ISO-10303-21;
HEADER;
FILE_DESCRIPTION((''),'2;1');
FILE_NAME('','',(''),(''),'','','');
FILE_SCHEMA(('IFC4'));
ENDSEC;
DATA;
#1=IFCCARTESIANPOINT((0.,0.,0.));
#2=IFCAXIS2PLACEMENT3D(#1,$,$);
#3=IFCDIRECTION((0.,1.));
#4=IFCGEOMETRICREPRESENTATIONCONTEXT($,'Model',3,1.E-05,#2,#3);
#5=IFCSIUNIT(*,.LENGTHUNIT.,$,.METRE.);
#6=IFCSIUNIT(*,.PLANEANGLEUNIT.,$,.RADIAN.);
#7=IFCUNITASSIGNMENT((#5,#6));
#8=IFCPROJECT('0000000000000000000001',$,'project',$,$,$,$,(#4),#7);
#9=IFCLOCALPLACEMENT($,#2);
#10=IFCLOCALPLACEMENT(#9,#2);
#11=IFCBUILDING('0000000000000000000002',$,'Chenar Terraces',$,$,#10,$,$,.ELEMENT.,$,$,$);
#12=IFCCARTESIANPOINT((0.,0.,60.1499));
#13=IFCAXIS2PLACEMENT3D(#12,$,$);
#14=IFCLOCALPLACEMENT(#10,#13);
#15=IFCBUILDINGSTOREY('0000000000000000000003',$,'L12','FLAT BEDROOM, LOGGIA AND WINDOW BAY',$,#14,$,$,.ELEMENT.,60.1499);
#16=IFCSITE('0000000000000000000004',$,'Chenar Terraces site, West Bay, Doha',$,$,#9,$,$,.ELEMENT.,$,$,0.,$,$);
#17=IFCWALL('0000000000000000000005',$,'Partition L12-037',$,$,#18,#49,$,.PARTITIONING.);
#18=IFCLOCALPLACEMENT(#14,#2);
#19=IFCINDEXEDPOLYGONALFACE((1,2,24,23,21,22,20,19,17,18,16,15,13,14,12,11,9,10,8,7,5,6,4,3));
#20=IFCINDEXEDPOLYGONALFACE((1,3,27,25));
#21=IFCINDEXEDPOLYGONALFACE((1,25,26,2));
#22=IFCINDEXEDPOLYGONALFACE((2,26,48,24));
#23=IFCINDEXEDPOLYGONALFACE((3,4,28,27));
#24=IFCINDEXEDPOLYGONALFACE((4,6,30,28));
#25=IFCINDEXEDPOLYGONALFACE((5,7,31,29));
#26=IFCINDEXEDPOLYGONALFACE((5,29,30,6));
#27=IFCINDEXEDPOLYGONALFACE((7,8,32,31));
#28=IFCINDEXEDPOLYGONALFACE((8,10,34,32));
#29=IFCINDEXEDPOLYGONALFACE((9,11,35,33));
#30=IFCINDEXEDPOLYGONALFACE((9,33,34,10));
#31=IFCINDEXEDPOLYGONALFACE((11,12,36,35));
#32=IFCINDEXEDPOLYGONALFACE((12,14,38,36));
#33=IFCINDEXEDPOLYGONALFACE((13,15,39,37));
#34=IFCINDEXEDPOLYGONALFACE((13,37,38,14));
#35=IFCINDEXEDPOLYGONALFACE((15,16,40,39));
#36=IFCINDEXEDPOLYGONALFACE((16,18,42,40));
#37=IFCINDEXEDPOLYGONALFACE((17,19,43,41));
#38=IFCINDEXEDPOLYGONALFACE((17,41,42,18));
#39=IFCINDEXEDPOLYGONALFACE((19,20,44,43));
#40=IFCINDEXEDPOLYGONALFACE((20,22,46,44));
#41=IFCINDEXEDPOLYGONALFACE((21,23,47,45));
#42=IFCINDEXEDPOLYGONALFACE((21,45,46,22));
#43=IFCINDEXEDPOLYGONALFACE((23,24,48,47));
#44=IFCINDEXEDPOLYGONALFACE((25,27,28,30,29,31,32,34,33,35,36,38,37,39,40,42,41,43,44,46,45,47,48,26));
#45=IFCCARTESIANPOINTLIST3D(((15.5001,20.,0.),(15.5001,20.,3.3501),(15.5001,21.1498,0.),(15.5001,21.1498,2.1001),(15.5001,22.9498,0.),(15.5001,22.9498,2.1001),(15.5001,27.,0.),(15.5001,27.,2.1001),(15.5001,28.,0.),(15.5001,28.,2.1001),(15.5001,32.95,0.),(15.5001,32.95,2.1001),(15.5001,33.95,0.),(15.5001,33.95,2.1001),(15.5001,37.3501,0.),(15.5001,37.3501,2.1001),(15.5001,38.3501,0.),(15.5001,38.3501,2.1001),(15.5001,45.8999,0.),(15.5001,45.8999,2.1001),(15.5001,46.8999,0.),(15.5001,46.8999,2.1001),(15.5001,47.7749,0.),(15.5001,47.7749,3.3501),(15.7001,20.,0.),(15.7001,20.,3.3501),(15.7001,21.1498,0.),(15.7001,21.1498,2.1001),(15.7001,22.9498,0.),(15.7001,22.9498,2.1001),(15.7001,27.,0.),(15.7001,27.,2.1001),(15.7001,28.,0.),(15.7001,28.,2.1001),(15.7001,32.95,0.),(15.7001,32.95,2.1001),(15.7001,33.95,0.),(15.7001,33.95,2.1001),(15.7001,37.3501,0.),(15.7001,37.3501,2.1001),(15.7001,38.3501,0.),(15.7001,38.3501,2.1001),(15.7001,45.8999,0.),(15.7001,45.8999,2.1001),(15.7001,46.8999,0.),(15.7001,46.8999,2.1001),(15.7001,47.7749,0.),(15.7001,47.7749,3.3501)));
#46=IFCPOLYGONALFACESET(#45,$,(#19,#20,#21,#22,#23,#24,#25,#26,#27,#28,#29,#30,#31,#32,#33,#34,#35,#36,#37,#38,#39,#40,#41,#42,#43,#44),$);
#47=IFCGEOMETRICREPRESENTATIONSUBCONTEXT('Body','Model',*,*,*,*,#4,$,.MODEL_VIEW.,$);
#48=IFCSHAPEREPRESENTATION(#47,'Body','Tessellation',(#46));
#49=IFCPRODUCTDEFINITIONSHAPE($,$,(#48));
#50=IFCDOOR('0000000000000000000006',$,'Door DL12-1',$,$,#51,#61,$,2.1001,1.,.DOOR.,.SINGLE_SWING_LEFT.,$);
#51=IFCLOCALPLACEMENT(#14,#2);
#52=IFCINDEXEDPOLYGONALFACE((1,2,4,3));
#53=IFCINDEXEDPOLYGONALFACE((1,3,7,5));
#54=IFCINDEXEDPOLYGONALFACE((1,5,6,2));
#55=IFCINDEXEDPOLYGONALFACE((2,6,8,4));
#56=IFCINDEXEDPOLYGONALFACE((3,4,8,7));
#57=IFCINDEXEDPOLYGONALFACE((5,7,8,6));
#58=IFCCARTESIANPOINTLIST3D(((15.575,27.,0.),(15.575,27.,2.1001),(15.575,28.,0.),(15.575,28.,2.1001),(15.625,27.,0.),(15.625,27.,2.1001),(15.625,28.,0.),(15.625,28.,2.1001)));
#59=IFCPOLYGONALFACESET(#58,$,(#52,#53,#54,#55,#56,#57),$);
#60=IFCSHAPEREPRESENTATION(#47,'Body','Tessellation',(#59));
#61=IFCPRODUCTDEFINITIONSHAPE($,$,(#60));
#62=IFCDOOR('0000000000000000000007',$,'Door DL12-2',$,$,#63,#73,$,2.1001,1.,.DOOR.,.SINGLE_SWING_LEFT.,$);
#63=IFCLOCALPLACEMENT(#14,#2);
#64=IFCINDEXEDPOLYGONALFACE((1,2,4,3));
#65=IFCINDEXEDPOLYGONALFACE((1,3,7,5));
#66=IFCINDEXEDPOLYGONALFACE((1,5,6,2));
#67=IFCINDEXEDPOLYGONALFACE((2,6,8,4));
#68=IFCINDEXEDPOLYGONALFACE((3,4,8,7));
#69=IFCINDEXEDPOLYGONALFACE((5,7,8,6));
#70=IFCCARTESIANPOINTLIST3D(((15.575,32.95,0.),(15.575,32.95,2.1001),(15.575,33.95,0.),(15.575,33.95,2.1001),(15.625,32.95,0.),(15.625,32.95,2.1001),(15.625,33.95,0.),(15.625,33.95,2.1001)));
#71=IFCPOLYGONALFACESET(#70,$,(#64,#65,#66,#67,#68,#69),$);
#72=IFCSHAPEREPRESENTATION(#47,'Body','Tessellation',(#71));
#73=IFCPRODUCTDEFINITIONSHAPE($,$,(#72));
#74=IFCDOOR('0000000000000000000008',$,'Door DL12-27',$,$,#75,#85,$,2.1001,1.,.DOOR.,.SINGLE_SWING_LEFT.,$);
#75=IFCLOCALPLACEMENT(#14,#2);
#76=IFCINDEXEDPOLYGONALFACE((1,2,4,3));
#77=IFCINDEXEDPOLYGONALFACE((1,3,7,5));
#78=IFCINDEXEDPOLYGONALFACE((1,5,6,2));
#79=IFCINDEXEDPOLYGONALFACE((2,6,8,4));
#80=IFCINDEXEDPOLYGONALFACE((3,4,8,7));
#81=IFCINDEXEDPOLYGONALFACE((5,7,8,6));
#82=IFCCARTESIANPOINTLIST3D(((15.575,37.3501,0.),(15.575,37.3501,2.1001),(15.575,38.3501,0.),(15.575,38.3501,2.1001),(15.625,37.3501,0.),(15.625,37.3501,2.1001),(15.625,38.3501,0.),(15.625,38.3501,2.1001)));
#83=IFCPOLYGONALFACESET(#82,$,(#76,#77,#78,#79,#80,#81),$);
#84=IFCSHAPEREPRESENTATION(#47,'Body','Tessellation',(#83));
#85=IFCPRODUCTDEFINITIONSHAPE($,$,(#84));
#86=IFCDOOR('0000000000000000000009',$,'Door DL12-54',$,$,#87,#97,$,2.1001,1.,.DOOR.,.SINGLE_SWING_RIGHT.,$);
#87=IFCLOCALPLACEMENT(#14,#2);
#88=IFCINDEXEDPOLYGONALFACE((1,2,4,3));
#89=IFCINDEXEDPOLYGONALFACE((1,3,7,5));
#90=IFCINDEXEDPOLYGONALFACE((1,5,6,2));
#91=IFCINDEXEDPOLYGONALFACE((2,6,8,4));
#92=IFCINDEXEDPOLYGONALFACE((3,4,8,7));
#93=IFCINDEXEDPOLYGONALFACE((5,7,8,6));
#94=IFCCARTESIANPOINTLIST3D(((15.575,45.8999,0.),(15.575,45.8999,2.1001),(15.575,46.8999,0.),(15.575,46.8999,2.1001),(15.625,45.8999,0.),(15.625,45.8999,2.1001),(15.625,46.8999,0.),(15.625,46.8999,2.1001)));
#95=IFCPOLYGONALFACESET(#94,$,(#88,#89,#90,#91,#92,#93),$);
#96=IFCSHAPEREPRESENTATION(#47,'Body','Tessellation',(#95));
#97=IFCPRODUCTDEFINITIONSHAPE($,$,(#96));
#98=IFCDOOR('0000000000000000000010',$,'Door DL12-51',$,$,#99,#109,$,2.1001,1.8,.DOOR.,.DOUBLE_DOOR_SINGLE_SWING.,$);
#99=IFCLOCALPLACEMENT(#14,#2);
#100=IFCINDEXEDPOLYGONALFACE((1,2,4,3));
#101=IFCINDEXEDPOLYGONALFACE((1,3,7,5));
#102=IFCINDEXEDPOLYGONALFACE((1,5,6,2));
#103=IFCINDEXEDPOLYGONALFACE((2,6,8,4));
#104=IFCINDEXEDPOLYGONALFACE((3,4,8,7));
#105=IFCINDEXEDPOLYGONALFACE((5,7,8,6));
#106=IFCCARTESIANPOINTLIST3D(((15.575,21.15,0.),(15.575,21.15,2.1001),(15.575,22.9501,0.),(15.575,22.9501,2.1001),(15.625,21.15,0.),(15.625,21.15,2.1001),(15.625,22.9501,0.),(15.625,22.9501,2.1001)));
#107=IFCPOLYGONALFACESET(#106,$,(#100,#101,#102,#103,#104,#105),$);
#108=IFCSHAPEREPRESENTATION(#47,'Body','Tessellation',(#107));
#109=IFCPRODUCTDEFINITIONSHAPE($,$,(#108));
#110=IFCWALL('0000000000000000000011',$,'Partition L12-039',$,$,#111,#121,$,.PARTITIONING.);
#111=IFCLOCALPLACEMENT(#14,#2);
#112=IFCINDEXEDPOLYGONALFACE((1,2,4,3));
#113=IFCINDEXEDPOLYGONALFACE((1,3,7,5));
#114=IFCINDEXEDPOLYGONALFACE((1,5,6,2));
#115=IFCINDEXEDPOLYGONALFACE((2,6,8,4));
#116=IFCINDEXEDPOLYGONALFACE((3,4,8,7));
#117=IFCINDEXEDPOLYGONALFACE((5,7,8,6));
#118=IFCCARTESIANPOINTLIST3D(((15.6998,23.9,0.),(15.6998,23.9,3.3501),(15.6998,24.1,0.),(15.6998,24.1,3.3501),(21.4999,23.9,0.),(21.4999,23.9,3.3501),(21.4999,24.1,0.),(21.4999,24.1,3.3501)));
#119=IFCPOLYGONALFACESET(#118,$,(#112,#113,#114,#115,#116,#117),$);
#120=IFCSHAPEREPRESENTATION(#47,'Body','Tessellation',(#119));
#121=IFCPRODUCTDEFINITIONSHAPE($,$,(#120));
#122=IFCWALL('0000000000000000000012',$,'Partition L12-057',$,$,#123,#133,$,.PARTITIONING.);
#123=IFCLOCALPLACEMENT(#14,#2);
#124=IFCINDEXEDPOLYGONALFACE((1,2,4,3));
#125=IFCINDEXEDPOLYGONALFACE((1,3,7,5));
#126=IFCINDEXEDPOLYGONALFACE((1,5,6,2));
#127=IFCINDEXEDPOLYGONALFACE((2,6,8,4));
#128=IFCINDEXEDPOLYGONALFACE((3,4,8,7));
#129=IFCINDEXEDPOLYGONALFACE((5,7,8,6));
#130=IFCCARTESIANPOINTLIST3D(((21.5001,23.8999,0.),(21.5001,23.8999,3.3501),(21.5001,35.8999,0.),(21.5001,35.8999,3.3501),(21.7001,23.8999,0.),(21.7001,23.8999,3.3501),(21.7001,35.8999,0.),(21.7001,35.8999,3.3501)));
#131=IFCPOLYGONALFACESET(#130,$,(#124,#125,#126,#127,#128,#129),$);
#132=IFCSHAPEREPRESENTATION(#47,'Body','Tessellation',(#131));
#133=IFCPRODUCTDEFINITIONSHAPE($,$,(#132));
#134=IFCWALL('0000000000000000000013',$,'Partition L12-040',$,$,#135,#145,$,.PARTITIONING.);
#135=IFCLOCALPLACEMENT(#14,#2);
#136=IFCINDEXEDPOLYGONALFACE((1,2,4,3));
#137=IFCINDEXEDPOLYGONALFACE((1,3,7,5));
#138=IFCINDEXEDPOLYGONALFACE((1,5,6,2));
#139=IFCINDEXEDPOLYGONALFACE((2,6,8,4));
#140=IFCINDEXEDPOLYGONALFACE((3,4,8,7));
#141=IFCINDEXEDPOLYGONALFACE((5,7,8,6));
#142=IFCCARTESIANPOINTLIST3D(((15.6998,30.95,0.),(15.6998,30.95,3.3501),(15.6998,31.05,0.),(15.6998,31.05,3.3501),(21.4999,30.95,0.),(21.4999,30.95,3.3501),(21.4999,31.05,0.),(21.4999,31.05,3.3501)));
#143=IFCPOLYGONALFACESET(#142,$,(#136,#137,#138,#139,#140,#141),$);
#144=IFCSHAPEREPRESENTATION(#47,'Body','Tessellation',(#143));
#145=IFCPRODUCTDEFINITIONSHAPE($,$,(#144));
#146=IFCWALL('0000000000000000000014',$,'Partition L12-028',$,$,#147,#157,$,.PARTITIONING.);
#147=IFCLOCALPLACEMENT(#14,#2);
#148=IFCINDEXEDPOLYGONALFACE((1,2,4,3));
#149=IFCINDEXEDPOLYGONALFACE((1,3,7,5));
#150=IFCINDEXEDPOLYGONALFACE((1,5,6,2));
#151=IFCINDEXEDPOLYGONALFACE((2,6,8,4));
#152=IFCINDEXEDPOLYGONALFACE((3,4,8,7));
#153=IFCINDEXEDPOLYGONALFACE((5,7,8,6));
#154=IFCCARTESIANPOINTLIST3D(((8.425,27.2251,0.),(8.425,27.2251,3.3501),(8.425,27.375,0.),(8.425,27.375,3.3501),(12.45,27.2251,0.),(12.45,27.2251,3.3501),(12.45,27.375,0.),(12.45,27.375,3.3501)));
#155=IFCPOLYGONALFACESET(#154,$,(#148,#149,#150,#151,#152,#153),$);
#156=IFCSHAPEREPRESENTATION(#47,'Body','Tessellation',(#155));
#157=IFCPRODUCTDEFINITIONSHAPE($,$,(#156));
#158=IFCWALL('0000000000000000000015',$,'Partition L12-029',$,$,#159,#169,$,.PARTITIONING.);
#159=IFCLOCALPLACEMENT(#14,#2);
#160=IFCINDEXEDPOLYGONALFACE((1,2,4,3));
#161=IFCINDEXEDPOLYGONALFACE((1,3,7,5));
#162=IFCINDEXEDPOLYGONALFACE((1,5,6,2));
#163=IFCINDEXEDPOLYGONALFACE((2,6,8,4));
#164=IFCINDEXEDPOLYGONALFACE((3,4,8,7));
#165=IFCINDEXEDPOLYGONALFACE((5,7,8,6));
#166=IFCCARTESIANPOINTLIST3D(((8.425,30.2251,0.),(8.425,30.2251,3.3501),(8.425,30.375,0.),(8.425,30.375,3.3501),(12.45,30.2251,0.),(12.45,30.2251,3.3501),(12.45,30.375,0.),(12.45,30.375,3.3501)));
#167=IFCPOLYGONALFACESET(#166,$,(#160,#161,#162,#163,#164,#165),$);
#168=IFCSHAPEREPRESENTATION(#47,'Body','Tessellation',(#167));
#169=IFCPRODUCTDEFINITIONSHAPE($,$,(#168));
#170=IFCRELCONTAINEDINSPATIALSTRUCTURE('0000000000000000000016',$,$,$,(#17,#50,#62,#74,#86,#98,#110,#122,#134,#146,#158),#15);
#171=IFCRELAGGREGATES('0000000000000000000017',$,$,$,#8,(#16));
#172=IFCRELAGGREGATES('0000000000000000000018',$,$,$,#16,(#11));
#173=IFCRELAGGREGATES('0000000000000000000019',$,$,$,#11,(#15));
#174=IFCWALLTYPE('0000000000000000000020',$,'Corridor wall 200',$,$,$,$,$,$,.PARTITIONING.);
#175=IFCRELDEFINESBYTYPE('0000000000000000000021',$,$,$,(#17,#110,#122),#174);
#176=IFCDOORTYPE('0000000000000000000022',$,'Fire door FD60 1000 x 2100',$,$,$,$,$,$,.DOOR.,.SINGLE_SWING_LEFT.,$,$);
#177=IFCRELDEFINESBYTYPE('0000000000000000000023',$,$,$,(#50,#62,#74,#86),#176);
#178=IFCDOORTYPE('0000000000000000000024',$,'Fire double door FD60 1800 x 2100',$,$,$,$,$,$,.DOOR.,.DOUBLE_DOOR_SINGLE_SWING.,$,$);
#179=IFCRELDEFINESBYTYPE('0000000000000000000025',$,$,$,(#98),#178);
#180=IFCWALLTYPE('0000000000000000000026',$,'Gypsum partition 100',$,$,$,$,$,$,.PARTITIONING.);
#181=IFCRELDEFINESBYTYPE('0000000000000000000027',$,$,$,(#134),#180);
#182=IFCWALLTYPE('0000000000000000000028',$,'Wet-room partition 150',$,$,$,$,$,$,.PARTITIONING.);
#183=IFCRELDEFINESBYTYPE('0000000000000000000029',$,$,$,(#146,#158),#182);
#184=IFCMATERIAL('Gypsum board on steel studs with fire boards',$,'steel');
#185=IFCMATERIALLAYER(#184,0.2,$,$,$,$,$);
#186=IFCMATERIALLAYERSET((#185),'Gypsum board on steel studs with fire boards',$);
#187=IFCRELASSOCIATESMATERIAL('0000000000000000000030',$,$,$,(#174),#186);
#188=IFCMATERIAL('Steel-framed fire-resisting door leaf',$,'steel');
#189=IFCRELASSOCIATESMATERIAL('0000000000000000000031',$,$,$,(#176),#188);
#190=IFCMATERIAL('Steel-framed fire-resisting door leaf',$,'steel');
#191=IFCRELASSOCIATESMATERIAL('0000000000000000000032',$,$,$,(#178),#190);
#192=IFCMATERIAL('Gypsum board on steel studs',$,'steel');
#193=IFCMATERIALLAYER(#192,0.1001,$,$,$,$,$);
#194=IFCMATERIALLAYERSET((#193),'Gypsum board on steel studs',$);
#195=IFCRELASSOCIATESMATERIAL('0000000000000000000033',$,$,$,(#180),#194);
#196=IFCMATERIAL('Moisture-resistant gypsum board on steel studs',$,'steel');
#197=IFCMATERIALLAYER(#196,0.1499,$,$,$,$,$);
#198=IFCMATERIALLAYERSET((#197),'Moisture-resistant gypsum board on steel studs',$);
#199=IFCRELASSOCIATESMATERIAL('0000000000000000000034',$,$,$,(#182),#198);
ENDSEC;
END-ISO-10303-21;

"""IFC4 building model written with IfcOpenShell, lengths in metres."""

from ifc_helpers import new_model, si_unit, direction, frame, frame_2d, origin, place, context, subcontext, project, spatial, rectangle, extrude, material, layer, layer_set, type_object, element, fill, save


model = new_model("IFC4")

# Units and contexts
model_context = context("Model", 3, precision=1e-05, world=origin(), true_north=direction((0.0, 1.0)))
body_context = subcontext(model_context, "Body", "Model", "MODEL_VIEW")
ifc_project = project(units=[si_unit("LENGTHUNIT", "METRE"), si_unit("PLANEANGLEUNIT", "RADIAN")], contexts=[model_context])

# Site, building, storey
site_placement = place(None, origin())
site = spatial("IfcSite", under=ifc_project, at=site_placement, Name="Chenar Terraces site, West Bay, Doha", CompositionType="ELEMENT", RefElevation=0.0)
building_placement = place(site_placement, origin())
building = spatial("IfcBuilding", under=site, at=building_placement, Name="Chenar Terraces", CompositionType="ELEMENT")
storey_placement = place(building_placement, frame((0.0, 0.0, 60.1499)))
storey = spatial("IfcBuildingStorey", under=building, at=storey_placement, Name="L12", Description="FLAT BEDROOM, LOGGIA AND WINDOW BAY", CompositionType="ELEMENT", Elevation=60.1499)

# Wall, openings, doors
ifc_material_1 = material(Name="Gypsum board on steel studs with fire boards", Category="steel")
ifc_layer_1 = layer(ifc_material_1, 0.2)
ifc_layer_set_1 = layer_set([ifc_layer_1], Name="Gypsum board on steel studs with fire boards")
wall_type_1 = type_object("IfcWallType", Name="Corridor wall 200", PredefinedType="PARTITIONING", material=ifc_layer_set_1)
wall_1_placement = place(storey_placement, frame((15.6001, 20.0, 0.0), z_axis=(0.0, 0.0, 1.0), x_axis=(0.0, 1.0, 0.0)))
wall_1 = element("IfcWall", 1, at=wall_1_placement, inside=storey, type_object=wall_type_1, Name="Partition L12-037", PredefinedType="PARTITIONING", context=body_context, shape_type="SweptSolid", body=[
    extrude(rectangle(XDim=27.7749, YDim=0.2, at=frame_2d((13.8875, 0.0))), origin(), (0.0, 0.0, 1.0), 3.3501),
])
opening_1_placement = place(wall_1_placement, frame((7.0, 0.0, 0.0)))
opening_1 = element("IfcOpeningElement", 2, at=opening_1_placement, cuts=wall_1, PredefinedType="OPENING", context=body_context, shape_type="SweptSolid", body=[
    extrude(rectangle(XDim=1.0, YDim=2.1001, at=frame_2d((0.5, 1.05))), frame((0.0, 0.1099, 0.0), z_axis=(0.0, -1.0, 0.0), x_axis=(1.0, 0.0, 0.0)), (0.0, 0.0, 1.0), 0.22),
])
opening_2_placement = place(wall_1_placement, frame((12.95, 0.0, 0.0)))
opening_2 = element("IfcOpeningElement", 3, at=opening_2_placement, cuts=wall_1, PredefinedType="OPENING", context=body_context, shape_type="SweptSolid", body=[
    extrude(rectangle(XDim=1.0, YDim=2.1001, at=frame_2d((0.5, 1.05))), frame((0.0, 0.1099, 0.0), z_axis=(0.0, -1.0, 0.0), x_axis=(1.0, 0.0, 0.0)), (0.0, 0.0, 1.0), 0.22),
])
opening_3_placement = place(wall_1_placement, frame((17.3501, 0.0, 0.0)))
opening_3 = element("IfcOpeningElement", 4, at=opening_3_placement, cuts=wall_1, PredefinedType="OPENING", context=body_context, shape_type="SweptSolid", body=[
    extrude(rectangle(XDim=1.0, YDim=2.1001, at=frame_2d((0.5, 1.05))), frame((0.0, 0.1099, 0.0), z_axis=(0.0, -1.0, 0.0), x_axis=(1.0, 0.0, 0.0)), (0.0, 0.0, 1.0), 0.22),
])
opening_4_placement = place(wall_1_placement, frame((1.1499, 0.0, 0.0)))
opening_4 = element("IfcOpeningElement", 5, at=opening_4_placement, cuts=wall_1, PredefinedType="OPENING", context=body_context, shape_type="SweptSolid", body=[
    extrude(rectangle(XDim=1.8, YDim=2.1001, at=frame_2d((0.8999, 1.05))), frame((0.0, 0.1099, 0.0), z_axis=(0.0, -1.0, 0.0), x_axis=(1.0, 0.0, 0.0)), (0.0, 0.0, 1.0), 0.22),
])
opening_5_placement = place(wall_1_placement, frame((25.8999, 0.0, 0.0)))
opening_5 = element("IfcOpeningElement", 6, at=opening_5_placement, cuts=wall_1, PredefinedType="OPENING", context=body_context, shape_type="SweptSolid", body=[
    extrude(rectangle(XDim=1.0, YDim=2.1001, at=frame_2d((0.5, 1.05))), frame((0.0, 0.1099, 0.0), z_axis=(0.0, -1.0, 0.0), x_axis=(1.0, 0.0, 0.0)), (0.0, 0.0, 1.0), 0.22),
])
ifc_material_2 = material(Name="Steel-framed fire-resisting door leaf", Category="steel")
door_type_1 = type_object("IfcDoorType", Name="Fire door FD60 1000 x 2100", OperationType="SINGLE_SWING_LEFT", PredefinedType="DOOR", material=ifc_material_2)
door_1_placement = place(opening_1_placement, frame((1.0, 0.0, 0.0), z_axis=(0.0, 0.0, 1.0), x_axis=(-1.0, 0.0, 0.0)))
door_1 = element("IfcDoor", 7, at=door_1_placement, inside=storey, type_object=door_type_1, Name="Door DL12-1", OperationType="SINGLE_SWING_LEFT", OverallHeight=2.1001, OverallWidth=1.0, PredefinedType="DOOR", context=body_context, shape_type="SweptSolid", body=[
    extrude(rectangle(XDim=1.0, YDim=2.1001, at=frame_2d((0.5, 1.05))), frame((0.0, 0.0249, 0.0), z_axis=(0.0, -1.0, 0.0), x_axis=(1.0, 0.0, 0.0)), (0.0, 0.0, 1.0), 0.05),
])
fill(opening_1, door_1)
door_2_placement = place(opening_2_placement, frame((1.0, 0.0, 0.0), z_axis=(0.0, 0.0, 1.0), x_axis=(-1.0, 0.0, 0.0)))
door_2 = element("IfcDoor", 8, at=door_2_placement, inside=storey, type_object=door_type_1, Name="Door DL12-2", OperationType="SINGLE_SWING_LEFT", OverallHeight=2.1001, OverallWidth=1.0, PredefinedType="DOOR", context=body_context, shape_type="SweptSolid", body=[
    extrude(rectangle(XDim=1.0, YDim=2.1001, at=frame_2d((0.5, 1.05))), frame((0.0, 0.0249, 0.0), z_axis=(0.0, -1.0, 0.0), x_axis=(1.0, 0.0, 0.0)), (0.0, 0.0, 1.0), 0.05),
])
fill(opening_2, door_2)
door_3_placement = place(opening_3_placement, frame((1.0, 0.0, 0.0), z_axis=(0.0, 0.0, 1.0), x_axis=(-1.0, 0.0, 0.0)))
door_3 = element("IfcDoor", 9, at=door_3_placement, inside=storey, type_object=door_type_1, Name="Door DL12-27", OperationType="SINGLE_SWING_LEFT", OverallHeight=2.1001, OverallWidth=1.0, PredefinedType="DOOR", context=body_context, shape_type="SweptSolid", body=[
    extrude(rectangle(XDim=1.0, YDim=2.1001, at=frame_2d((0.5, 1.05))), frame((0.0, 0.0249, 0.0), z_axis=(0.0, -1.0, 0.0), x_axis=(1.0, 0.0, 0.0)), (0.0, 0.0, 1.0), 0.05),
])
fill(opening_3, door_3)
door_4_placement = place(opening_5_placement, frame((1.0, 0.0, 0.0), z_axis=(0.0, 0.0, 1.0), x_axis=(-1.0, 0.0, 0.0)))
door_4 = element("IfcDoor", 10, at=door_4_placement, inside=storey, type_object=door_type_1, Name="Door DL12-54", OperationType="SINGLE_SWING_RIGHT", OverallHeight=2.1001, OverallWidth=1.0, PredefinedType="DOOR", context=body_context, shape_type="SweptSolid", body=[
    extrude(rectangle(XDim=1.0, YDim=2.1001, at=frame_2d((0.5, 1.05))), frame((0.0, 0.0249, 0.0), z_axis=(0.0, -1.0, 0.0), x_axis=(1.0, 0.0, 0.0)), (0.0, 0.0, 1.0), 0.05),
])
fill(opening_5, door_4)
ifc_material_3 = material(Name="Steel-framed fire-resisting door leaf", Category="steel")
door_type_2 = type_object("IfcDoorType", Name="Fire double door FD60 1800 x 2100", OperationType="DOUBLE_DOOR_SINGLE_SWING", PredefinedType="DOOR", material=ifc_material_3)
door_5_placement = place(opening_4_placement, frame((1.8, 0.0, 0.0), z_axis=(0.0, 0.0, 1.0), x_axis=(-1.0, 0.0, 0.0)))
door_5 = element("IfcDoor", 11, at=door_5_placement, inside=storey, type_object=door_type_2, Name="Door DL12-51", OperationType="DOUBLE_DOOR_SINGLE_SWING", OverallHeight=2.1001, OverallWidth=1.8, PredefinedType="DOOR", context=body_context, shape_type="SweptSolid", body=[
    extrude(rectangle(XDim=1.8, YDim=2.1001, at=frame_2d((0.8999, 1.05))), frame((0.0, 0.0249, 0.0), z_axis=(0.0, -1.0, 0.0), x_axis=(1.0, 0.0, 0.0)), (0.0, 0.0, 1.0), 0.05),
])
fill(opening_4, door_5)

# Walls
wall_2_placement = place(storey_placement, frame((15.7, 24.0, 0.0), z_axis=(0.0, 0.0, 1.0), x_axis=(1.0, 0.0, 0.0)))
element("IfcWall", 12, at=wall_2_placement, inside=storey, type_object=wall_type_1, Name="Partition L12-039", PredefinedType="PARTITIONING", context=body_context, shape_type="SweptSolid", body=[
    extrude(rectangle(XDim=5.8, YDim=0.2, at=frame_2d((2.8999, 0.0))), origin(), (0.0, 0.0, 1.0), 3.3501),
])
wall_3_placement = place(storey_placement, frame((21.6001, 23.8999, 0.0), z_axis=(0.0, 0.0, 1.0), x_axis=(0.0, 1.0, 0.0)))
element("IfcWall", 13, at=wall_3_placement, inside=storey, type_object=wall_type_1, Name="Partition L12-057", PredefinedType="PARTITIONING", context=body_context, shape_type="SweptSolid", body=[
    extrude(rectangle(XDim=12.0, YDim=0.2, at=frame_2d((6.0, 0.0))), origin(), (0.0, 0.0, 1.0), 3.3501),
])
ifc_material_4 = material(Name="Gypsum board on steel studs", Category="steel")
ifc_layer_2 = layer(ifc_material_4, 0.1001)
ifc_layer_set_2 = layer_set([ifc_layer_2], Name="Gypsum board on steel studs")
wall_type_2 = type_object("IfcWallType", Name="Gypsum partition 100", PredefinedType="PARTITIONING", material=ifc_layer_set_2)
wall_4_placement = place(storey_placement, frame((15.7, 31.0, 0.0), z_axis=(0.0, 0.0, 1.0), x_axis=(1.0, 0.0, 0.0)))
element("IfcWall", 14, at=wall_4_placement, inside=storey, type_object=wall_type_2, Name="Partition L12-040", PredefinedType="PARTITIONING", context=body_context, shape_type="SweptSolid", body=[
    extrude(rectangle(XDim=5.8, YDim=0.1001, at=frame_2d((2.8999, 0.0))), origin(), (0.0, 0.0, 1.0), 3.3501),
])
ifc_material_5 = material(Name="Moisture-resistant gypsum board on steel studs", Category="steel")
ifc_layer_3 = layer(ifc_material_5, 0.1499)
ifc_layer_set_3 = layer_set([ifc_layer_3], Name="Moisture-resistant gypsum board on steel studs")
wall_type_3 = type_object("IfcWallType", Name="Wet-room partition 150", PredefinedType="PARTITIONING", material=ifc_layer_set_3)
for number, where, z_axis, x_axis, name in (
    (15, (8.425, 27.3, 0.0), (0.0, 0.0, 1.0), (1.0, 0.0, 0.0), "Partition L12-028"),
    (16, (8.425, 30.3, 0.0), (0.0, 0.0, 1.0), (1.0, 0.0, 0.0), "Partition L12-029"),
):
    element("IfcWall", number, at=place(storey_placement, frame(where, z_axis=z_axis, x_axis=x_axis)), inside=storey, type_object=wall_type_3, Name=name, PredefinedType="PARTITIONING", context=body_context, shape_type="SweptSolid", body=[
        extrude(rectangle(XDim=4.0249, YDim=0.1499, at=frame_2d((2.0125, 0.0))), origin(), (0.0, 0.0, 1.0), 3.3501),
    ])

save(model, "model.ifc")
